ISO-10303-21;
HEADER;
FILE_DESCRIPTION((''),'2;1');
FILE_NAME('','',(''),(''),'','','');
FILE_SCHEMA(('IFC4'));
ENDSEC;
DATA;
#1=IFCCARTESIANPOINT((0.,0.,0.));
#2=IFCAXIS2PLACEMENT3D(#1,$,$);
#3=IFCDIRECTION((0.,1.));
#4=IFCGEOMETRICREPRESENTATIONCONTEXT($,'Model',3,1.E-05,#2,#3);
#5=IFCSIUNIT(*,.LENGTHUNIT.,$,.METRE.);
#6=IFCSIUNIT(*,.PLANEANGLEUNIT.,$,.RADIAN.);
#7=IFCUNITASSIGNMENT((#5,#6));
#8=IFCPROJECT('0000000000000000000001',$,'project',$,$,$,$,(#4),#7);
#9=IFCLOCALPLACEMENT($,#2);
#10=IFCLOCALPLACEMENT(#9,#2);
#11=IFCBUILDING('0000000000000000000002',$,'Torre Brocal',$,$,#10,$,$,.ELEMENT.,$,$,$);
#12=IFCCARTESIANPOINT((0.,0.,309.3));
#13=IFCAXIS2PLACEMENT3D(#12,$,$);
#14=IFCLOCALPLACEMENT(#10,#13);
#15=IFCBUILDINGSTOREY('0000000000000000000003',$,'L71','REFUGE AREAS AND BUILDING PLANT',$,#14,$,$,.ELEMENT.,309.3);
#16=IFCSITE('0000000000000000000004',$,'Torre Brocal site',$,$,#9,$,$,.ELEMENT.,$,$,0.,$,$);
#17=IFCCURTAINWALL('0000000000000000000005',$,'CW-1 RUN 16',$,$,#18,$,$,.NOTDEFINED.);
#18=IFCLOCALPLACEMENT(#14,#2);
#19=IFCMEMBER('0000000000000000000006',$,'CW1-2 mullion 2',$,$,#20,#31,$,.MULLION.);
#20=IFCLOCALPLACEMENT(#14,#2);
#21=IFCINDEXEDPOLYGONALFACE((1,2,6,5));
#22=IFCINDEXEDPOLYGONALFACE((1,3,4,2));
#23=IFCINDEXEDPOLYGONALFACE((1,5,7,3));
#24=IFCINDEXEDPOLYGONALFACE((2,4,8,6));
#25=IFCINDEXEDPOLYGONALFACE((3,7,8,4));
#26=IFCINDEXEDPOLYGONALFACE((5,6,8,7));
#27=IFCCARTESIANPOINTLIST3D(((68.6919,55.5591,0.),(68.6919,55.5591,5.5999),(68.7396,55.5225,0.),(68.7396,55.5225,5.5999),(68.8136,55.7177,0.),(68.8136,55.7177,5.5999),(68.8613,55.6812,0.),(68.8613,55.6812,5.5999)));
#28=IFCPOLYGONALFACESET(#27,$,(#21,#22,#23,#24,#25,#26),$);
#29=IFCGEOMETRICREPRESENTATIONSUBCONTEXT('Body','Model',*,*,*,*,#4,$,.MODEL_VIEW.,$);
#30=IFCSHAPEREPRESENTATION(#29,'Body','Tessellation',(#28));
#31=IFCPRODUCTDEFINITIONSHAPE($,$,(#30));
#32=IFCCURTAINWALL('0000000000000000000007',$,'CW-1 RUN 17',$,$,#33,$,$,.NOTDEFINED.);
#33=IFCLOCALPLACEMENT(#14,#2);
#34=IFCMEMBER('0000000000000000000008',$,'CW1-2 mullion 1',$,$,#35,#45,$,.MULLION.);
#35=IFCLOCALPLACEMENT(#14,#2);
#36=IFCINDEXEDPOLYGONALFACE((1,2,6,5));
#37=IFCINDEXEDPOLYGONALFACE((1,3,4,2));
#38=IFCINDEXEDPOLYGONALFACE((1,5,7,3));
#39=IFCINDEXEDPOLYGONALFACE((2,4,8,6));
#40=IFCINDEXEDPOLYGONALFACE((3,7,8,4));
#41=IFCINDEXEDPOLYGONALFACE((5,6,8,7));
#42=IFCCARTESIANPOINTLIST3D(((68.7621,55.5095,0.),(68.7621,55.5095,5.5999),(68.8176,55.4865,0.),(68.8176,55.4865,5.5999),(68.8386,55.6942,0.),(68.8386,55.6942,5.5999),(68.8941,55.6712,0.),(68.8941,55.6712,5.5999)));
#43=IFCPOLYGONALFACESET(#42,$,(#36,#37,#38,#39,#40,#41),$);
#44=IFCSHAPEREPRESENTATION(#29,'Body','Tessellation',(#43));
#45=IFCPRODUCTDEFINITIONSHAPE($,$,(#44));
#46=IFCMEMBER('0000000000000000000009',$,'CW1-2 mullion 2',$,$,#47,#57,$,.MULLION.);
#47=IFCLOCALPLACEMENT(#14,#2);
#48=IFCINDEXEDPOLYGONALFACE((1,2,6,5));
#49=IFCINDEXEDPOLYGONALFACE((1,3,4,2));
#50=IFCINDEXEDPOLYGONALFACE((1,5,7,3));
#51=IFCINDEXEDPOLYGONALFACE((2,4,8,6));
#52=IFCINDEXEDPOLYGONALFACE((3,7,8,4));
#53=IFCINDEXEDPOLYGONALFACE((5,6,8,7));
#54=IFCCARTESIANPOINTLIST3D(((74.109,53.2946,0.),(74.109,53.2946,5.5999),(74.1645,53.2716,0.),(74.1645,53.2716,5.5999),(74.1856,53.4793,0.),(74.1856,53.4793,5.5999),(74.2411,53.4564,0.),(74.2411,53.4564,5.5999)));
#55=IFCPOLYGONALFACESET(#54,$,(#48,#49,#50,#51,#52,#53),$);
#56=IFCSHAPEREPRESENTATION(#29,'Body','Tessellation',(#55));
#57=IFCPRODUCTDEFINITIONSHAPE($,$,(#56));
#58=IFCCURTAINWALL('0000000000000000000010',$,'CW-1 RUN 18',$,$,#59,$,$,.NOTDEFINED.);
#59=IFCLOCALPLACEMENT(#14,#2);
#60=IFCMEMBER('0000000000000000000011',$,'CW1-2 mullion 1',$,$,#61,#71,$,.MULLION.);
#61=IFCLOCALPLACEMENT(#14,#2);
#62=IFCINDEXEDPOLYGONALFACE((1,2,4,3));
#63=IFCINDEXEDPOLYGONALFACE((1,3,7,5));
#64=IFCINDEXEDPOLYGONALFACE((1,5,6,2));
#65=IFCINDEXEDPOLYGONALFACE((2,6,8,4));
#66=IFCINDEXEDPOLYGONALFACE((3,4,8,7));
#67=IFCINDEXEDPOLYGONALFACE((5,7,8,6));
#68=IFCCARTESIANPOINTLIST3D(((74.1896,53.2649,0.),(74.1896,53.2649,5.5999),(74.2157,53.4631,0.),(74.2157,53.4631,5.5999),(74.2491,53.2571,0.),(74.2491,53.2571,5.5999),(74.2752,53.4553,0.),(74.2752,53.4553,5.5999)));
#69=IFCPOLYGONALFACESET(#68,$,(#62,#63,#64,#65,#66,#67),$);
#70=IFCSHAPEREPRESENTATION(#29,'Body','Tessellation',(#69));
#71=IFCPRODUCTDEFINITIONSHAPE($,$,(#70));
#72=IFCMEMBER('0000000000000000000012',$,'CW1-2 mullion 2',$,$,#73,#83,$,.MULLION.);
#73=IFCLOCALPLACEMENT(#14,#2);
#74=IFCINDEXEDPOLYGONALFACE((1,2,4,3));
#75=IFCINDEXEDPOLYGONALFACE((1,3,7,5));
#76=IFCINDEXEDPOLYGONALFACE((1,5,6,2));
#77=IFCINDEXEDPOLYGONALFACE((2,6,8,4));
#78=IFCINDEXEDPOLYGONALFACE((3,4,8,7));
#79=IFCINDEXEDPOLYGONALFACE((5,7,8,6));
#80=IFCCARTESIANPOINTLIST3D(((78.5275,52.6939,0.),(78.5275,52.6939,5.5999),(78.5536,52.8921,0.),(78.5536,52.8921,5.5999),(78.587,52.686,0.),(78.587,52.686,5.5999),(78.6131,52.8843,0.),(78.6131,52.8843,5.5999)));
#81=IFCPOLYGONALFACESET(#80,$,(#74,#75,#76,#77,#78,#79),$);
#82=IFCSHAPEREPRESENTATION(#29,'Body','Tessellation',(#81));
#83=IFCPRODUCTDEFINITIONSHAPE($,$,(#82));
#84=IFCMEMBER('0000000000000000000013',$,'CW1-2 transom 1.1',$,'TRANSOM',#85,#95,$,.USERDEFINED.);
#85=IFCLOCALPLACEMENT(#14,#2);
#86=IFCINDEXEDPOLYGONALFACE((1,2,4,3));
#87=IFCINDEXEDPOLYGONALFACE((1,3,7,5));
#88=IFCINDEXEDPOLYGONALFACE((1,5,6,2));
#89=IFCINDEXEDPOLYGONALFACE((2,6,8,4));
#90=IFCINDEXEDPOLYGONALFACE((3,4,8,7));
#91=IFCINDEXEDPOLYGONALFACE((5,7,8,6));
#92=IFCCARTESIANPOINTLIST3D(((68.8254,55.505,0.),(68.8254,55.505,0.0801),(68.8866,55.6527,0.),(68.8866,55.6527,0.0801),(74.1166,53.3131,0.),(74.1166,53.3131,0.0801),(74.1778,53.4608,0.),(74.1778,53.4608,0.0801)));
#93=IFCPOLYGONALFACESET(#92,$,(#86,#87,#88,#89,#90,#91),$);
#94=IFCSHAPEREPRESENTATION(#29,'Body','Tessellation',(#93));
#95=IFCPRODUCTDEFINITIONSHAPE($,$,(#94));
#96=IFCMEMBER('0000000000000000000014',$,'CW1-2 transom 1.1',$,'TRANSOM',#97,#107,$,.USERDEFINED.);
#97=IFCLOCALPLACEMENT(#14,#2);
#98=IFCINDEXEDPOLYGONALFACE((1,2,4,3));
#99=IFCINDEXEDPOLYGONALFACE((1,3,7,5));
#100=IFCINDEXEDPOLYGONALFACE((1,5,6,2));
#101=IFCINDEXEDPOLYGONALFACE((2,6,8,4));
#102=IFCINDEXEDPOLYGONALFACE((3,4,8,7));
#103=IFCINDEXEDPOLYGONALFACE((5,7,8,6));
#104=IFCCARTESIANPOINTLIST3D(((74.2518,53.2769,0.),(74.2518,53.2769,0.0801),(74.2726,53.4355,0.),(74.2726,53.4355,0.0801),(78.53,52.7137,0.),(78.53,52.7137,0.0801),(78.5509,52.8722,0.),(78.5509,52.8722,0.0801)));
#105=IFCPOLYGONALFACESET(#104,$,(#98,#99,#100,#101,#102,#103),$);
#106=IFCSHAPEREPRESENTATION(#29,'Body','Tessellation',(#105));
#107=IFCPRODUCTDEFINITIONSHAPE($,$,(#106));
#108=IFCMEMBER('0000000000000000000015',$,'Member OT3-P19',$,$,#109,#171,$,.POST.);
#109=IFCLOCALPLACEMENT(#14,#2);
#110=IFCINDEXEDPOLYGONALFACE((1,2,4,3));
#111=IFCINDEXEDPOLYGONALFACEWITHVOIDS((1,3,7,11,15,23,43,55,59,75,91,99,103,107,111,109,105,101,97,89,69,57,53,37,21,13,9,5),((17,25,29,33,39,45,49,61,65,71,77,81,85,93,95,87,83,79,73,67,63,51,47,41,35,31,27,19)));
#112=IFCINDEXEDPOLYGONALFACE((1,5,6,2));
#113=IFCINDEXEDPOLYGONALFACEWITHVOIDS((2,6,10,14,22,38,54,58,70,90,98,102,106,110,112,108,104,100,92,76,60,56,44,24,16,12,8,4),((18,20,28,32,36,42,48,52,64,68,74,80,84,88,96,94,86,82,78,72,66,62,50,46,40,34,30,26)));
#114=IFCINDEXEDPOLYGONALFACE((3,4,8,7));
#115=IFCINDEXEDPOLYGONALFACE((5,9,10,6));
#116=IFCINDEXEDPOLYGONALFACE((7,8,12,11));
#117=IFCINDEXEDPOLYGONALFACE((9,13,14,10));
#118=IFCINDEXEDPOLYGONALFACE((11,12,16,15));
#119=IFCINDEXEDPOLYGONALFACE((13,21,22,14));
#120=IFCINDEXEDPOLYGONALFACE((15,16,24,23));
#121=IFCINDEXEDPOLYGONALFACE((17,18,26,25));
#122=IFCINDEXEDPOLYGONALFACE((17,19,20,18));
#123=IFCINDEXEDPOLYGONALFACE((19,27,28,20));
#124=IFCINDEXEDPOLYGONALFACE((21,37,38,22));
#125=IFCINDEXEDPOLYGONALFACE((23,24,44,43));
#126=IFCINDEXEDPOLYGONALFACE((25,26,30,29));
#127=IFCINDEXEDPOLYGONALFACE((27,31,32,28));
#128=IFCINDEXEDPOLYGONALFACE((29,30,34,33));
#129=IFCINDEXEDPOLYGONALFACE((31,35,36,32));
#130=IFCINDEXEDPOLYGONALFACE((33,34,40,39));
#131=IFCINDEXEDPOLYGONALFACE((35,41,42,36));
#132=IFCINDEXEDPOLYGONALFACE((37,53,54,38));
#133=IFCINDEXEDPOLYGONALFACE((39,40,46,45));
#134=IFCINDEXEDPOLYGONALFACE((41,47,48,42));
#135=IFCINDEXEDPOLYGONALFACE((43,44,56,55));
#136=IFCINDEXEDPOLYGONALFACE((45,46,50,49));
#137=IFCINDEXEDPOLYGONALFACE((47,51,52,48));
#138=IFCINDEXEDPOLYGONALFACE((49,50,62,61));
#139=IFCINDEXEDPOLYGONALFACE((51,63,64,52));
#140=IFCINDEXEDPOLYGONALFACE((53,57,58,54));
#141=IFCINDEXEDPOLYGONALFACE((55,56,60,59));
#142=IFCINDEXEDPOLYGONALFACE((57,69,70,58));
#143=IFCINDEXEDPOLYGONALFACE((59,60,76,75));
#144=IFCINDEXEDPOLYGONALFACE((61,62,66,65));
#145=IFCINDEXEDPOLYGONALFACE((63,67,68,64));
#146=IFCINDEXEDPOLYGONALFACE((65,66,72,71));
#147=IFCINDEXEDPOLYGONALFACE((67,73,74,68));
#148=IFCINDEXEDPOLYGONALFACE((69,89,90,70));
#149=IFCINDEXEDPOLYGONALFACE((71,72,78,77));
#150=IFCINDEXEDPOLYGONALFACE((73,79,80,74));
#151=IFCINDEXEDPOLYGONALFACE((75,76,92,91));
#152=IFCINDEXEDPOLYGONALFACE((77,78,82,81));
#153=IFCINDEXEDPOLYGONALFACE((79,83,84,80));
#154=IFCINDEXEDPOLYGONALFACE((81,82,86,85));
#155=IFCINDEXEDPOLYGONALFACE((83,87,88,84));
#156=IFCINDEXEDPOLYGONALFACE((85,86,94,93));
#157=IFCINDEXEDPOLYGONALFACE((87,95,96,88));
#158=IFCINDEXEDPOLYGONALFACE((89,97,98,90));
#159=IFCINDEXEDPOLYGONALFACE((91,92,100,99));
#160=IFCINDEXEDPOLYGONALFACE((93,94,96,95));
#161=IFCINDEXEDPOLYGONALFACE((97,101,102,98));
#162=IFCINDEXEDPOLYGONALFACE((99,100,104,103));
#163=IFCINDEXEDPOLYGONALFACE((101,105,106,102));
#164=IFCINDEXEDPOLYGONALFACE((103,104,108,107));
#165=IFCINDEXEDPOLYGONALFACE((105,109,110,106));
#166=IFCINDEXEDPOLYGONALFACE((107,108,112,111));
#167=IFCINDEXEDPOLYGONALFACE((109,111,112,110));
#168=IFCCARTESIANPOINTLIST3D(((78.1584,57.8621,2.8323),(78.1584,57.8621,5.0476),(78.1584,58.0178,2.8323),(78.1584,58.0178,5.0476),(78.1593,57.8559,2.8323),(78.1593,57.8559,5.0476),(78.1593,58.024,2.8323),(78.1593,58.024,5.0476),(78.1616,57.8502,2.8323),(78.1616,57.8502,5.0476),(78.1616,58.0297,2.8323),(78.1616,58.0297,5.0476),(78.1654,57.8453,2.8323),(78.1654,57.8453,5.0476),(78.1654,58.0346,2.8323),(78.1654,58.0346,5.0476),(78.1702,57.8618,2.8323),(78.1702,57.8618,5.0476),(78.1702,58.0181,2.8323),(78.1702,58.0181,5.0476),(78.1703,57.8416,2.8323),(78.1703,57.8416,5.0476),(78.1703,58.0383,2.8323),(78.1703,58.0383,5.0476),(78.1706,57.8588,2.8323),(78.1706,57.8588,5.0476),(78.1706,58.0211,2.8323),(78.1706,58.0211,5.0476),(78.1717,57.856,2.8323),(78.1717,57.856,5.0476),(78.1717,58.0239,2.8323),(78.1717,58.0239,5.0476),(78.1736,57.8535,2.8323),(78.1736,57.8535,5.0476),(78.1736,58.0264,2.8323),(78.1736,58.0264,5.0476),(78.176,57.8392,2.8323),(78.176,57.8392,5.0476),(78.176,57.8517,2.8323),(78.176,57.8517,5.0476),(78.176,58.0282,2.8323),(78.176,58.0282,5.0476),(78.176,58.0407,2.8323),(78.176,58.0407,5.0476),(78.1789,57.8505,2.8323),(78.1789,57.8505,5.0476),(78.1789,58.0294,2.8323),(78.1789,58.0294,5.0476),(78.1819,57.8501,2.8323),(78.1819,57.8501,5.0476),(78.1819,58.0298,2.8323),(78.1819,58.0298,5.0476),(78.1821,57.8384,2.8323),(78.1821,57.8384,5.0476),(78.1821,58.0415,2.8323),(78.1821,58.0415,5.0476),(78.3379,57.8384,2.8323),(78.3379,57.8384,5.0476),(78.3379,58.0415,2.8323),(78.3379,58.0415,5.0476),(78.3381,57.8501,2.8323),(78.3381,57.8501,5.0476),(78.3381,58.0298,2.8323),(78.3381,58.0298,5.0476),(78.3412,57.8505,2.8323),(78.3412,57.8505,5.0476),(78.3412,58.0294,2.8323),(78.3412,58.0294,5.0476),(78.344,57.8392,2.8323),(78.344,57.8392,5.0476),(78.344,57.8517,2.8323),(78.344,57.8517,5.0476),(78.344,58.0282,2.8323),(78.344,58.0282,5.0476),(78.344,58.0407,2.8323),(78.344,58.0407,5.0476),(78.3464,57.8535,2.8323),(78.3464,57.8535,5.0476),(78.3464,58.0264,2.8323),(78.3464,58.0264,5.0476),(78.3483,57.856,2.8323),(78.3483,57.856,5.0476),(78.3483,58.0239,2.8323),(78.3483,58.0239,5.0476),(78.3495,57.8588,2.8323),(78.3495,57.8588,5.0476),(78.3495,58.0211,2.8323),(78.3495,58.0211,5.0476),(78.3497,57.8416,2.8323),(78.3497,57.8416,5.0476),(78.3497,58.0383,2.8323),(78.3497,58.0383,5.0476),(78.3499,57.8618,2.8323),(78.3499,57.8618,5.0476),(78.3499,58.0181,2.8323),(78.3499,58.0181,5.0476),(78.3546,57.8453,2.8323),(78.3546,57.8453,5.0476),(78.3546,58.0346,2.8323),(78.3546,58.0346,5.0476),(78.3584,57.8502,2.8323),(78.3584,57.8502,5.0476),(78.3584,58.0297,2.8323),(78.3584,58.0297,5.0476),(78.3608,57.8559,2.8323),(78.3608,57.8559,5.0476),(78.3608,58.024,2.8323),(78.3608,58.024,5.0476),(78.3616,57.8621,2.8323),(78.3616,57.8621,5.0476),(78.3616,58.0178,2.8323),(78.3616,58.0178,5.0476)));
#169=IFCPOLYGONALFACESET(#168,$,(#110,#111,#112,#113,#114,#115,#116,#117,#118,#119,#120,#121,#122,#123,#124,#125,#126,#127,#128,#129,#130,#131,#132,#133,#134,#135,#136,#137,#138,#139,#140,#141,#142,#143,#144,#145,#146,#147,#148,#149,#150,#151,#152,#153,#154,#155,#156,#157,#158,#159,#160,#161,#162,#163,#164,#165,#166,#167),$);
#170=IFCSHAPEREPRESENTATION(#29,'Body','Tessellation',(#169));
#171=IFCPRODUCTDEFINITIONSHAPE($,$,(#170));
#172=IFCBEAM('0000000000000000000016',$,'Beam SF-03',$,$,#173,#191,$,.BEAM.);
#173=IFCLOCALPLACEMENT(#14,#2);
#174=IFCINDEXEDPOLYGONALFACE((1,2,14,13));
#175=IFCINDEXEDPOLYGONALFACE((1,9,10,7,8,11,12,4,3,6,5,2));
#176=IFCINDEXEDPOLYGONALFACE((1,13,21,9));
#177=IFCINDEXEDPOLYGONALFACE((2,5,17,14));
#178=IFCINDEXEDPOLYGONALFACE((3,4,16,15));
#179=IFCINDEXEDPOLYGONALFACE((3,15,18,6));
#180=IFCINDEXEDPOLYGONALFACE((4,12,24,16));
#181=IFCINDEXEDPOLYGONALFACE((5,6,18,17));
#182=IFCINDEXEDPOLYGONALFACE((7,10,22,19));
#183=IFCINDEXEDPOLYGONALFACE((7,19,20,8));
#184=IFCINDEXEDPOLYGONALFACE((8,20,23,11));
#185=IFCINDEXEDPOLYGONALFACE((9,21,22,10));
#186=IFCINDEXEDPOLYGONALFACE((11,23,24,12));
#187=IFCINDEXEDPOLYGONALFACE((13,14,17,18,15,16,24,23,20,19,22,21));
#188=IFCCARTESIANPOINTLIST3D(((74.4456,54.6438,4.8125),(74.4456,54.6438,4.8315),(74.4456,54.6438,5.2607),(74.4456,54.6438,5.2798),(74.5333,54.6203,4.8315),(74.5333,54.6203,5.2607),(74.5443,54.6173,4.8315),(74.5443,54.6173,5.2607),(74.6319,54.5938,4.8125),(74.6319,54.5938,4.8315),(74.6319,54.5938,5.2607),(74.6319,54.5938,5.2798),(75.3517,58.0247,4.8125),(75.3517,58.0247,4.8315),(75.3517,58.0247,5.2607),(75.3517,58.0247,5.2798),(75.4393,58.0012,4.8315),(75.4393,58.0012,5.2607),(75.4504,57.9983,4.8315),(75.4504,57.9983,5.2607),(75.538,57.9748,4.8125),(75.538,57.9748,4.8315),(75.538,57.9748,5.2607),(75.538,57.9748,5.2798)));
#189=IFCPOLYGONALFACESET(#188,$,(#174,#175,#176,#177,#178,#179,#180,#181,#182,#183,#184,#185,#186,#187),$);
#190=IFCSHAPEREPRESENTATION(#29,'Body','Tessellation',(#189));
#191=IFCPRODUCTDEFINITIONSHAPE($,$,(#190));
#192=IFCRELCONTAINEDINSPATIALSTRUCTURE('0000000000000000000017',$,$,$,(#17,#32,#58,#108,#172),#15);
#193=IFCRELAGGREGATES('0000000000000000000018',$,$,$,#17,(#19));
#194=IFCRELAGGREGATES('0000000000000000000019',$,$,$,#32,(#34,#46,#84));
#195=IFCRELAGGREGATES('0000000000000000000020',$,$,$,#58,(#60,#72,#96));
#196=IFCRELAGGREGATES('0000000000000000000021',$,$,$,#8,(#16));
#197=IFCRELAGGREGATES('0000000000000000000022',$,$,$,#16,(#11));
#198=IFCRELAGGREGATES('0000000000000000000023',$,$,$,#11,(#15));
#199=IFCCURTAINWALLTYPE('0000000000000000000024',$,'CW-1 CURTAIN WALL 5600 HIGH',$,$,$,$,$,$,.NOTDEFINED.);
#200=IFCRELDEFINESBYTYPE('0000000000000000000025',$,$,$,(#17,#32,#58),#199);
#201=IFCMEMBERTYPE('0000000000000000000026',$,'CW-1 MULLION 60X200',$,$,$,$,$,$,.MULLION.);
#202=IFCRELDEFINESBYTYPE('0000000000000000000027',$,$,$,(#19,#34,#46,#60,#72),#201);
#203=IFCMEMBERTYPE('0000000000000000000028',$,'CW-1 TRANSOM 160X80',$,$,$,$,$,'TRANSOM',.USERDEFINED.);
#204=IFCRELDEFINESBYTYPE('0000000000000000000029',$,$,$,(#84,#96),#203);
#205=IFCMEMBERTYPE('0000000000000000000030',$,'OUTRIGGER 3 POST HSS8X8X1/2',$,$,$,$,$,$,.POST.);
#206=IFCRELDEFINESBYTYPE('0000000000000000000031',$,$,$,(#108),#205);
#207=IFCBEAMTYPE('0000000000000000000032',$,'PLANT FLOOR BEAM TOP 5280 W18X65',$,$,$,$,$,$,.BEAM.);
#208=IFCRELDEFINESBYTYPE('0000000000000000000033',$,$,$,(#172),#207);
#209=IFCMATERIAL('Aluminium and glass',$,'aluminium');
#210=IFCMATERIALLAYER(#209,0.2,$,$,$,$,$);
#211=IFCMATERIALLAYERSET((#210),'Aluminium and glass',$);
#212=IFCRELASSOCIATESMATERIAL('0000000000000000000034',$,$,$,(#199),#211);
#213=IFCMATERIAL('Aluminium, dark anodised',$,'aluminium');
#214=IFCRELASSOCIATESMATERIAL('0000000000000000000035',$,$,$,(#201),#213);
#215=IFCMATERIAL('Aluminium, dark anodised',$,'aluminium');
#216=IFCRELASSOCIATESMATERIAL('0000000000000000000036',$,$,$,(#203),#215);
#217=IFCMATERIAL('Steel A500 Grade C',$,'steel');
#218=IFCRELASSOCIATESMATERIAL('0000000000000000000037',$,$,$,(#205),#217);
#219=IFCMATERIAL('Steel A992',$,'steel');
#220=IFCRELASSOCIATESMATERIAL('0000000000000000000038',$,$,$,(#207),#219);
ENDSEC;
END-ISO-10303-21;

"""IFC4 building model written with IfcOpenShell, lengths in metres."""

from ifc_helpers import new_model, si_unit, direction, frame, origin, origin_2d, place, context, subcontext, project, spatial, rectangle, hollow_rectangle, i_section, extrude, material, layer, layer_set, material_profile, profile_set, type_object, element, aggregate, save


model = new_model("IFC4")

# Units and contexts
model_context = context("Model", 3, precision=1e-05, world=origin(), true_north=direction((0.0, 1.0)))
body_context = subcontext(model_context, "Body", "Model", "MODEL_VIEW")
ifc_project = project(units=[si_unit("LENGTHUNIT", "METRE"), si_unit("PLANEANGLEUNIT", "RADIAN")], contexts=[model_context])

# Site, building, storey
site_placement = place(None, origin())
site = spatial("IfcSite", under=ifc_project, at=site_placement, Name="Torre Brocal site", CompositionType="ELEMENT", RefElevation=0.0)
building_placement = place(site_placement, origin())
building = spatial("IfcBuilding", under=site, at=building_placement, Name="Torre Brocal", CompositionType="ELEMENT")
storey_placement = place(building_placement, frame((0.0, 0.0, 309.3)))
storey = spatial("IfcBuildingStorey", under=building, at=storey_placement, Name="L71", Description="REFUGE AREAS AND BUILDING PLANT", CompositionType="ELEMENT", Elevation=309.3)

# Curtain wall, member
ifc_material_1 = material(Name="Aluminium and glass", Category="aluminium")
ifc_layer_1 = layer(ifc_material_1, 0.2)
ifc_layer_set_1 = layer_set([ifc_layer_1], Name="Aluminium and glass")
curtain_wall_type = type_object("IfcCurtainWallType", Name="CW-1 CURTAIN WALL 5600 HIGH", PredefinedType="NOTDEFINED", material=ifc_layer_set_1)
curtain_wall_1_placement = place(storey_placement, origin())
curtain_wall_1 = element("IfcCurtainWall", 1, at=curtain_wall_1_placement, inside=storey, type_object=curtain_wall_type, Name="CW-1 RUN 16", PredefinedType="NOTDEFINED")
ifc_material_2 = material(Name="Aluminium, dark anodised", Category="aluminium")
ifc_material_profile_1 = material_profile(ifc_material_2, rectangle(XDim=0.2, YDim=0.0601, at=origin_2d()), Name="CW-1 MULLION 60X200")
ifc_profile_set_1 = profile_set([ifc_material_profile_1], Name="Aluminium, dark anodised")
member_type_1 = type_object("IfcMemberType", Name="CW-1 MULLION 60X200", PredefinedType="MULLION", material=ifc_profile_set_1)
member_1_placement = place(storey_placement, frame((68.7766, 55.6201, 0.0), z_axis=(0.0, 0.0, 1.0), x_axis=(0.608761, 0.793353, 0.0)))
member_1 = element("IfcMember", 2, at=member_1_placement, type_object=member_type_1, Name="CW1-2 mullion 2", PredefinedType="MULLION", context=body_context, shape_type="SweptSolid", body=[
    extrude(rectangle(XDim=0.2, YDim=0.0601, at=origin_2d()), origin(), (0.0, 0.0, 1.0), 5.5999),
])
aggregate(curtain_wall_1, [member_1])

# Curtain walls, members
curtain_wall_2_placement = place(storey_placement, origin())
curtain_wall_2 = element("IfcCurtainWall", 3, at=curtain_wall_2_placement, inside=storey, type_object=curtain_wall_type, Name="CW-1 RUN 17", PredefinedType="NOTDEFINED")
member_2_placement = place(storey_placement, frame((68.8281, 55.5903, 0.0), z_axis=(0.0, 0.0, 1.0), x_axis=(0.382683, 0.92388, 0.0)))
member_2 = element("IfcMember", 4, at=member_2_placement, type_object=member_type_1, Name="CW1-2 mullion 1", PredefinedType="MULLION", context=body_context, shape_type="SweptSolid", body=[
    extrude(rectangle(XDim=0.2, YDim=0.0601, at=origin_2d()), origin(), (0.0, 0.0, 1.0), 5.5999),
])
member_3_placement = place(storey_placement, frame((74.175, 53.3755, 0.0), z_axis=(0.0, 0.0, 1.0), x_axis=(0.382683, 0.92388, 0.0)))
member_3 = element("IfcMember", 5, at=member_3_placement, type_object=member_type_1, Name="CW1-2 mullion 2", PredefinedType="MULLION", context=body_context, shape_type="SweptSolid", body=[
    extrude(rectangle(XDim=0.2, YDim=0.0601, at=origin_2d()), origin(), (0.0, 0.0, 1.0), 5.5999),
])
curtain_wall_3_placement = place(storey_placement, origin())
curtain_wall_3 = element("IfcCurtainWall", 6, at=curtain_wall_3_placement, inside=storey, type_object=curtain_wall_type, Name="CW-1 RUN 18", PredefinedType="NOTDEFINED")
member_4_placement = place(storey_placement, frame((74.2324, 53.3601, 0.0), z_axis=(0.0, 0.0, 1.0), x_axis=(0.130526, 0.991445, 0.0)))
member_4 = element("IfcMember", 7, at=member_4_placement, type_object=member_type_1, Name="CW1-2 mullion 1", PredefinedType="MULLION", context=body_context, shape_type="SweptSolid", body=[
    extrude(rectangle(XDim=0.2, YDim=0.0601, at=origin_2d()), origin(), (0.0, 0.0, 1.0), 5.5999),
])
member_5_placement = place(storey_placement, frame((78.5703, 52.7891, 0.0), z_axis=(0.0, 0.0, 1.0), x_axis=(0.130526, 0.991445, 0.0)))
member_5 = element("IfcMember", 8, at=member_5_placement, type_object=member_type_1, Name="CW1-2 mullion 2", PredefinedType="MULLION", context=body_context, shape_type="SweptSolid", body=[
    extrude(rectangle(XDim=0.2, YDim=0.0601, at=origin_2d()), origin(), (0.0, 0.0, 1.0), 5.5999),
])

# Members
ifc_material_3 = material(Name="Aluminium, dark anodised", Category="aluminium")
ifc_material_profile_2 = material_profile(ifc_material_3, rectangle(XDim=0.1599, YDim=0.0801, at=origin_2d()), Name="CW-1 TRANSOM 160X80")
ifc_profile_set_2 = profile_set([ifc_material_profile_2], Name="Aluminium, dark anodised")
member_type_2 = type_object("IfcMemberType", Name="CW-1 TRANSOM 160X80", ElementType="TRANSOM", PredefinedType="USERDEFINED", material=ifc_profile_set_2)
member_6_placement = place(storey_placement, frame((68.856, 55.5789, 0.04), z_axis=(0.923868, -0.382711, 0.0), x_axis=(0.382711, 0.923868, 0.0)))
member_6 = element("IfcMember", 9, at=member_6_placement, type_object=member_type_2, Name="CW1-2 transom 1.1", ObjectType="TRANSOM", PredefinedType="USERDEFINED", context=body_context, shape_type="SweptSolid", body=[
    extrude(rectangle(XDim=0.1599, YDim=0.0801, at=origin_2d()), origin(), (0.0, 0.0, 1.0), 5.7273),
])
member_7_placement = place(storey_placement, frame((74.2622, 53.3562, 0.04), z_axis=(0.991445, -0.130522, 0.0), x_axis=(0.130522, 0.991445, 0.0)))
member_7 = element("IfcMember", 10, at=member_7_placement, type_object=member_type_2, Name="CW1-2 transom 1.1", ObjectType="TRANSOM", PredefinedType="USERDEFINED", context=body_context, shape_type="SweptSolid", body=[
    extrude(rectangle(XDim=0.1599, YDim=0.0801, at=origin_2d()), origin(), (0.0, 0.0, 1.0), 4.3152),
])
ifc_material_4 = material(Name="Steel A500 Grade C", Category="steel")
ifc_material_profile_3 = material_profile(ifc_material_4, hollow_rectangle(XDim=0.2031, YDim=0.2031, WallThickness=0.0117, InnerFilletRadius=0.0117, OuterFilletRadius=0.0237, at=origin_2d()), Name="HSS8X8X1/2")
ifc_profile_set_3 = profile_set([ifc_material_profile_3], Name="Steel A500 Grade C")
member_type_3 = type_object("IfcMemberType", Name="OUTRIGGER 3 POST HSS8X8X1/2", PredefinedType="POST", material=ifc_profile_set_3)
member_8_placement = place(storey_placement, frame((78.26, 57.9399, 2.8323), z_axis=(0.0, 0.0, 1.0), x_axis=(1.0, 0.0, 0.0)))
element("IfcMember", 11, at=member_8_placement, inside=storey, type_object=member_type_3, Name="Member OT3-P19", PredefinedType="POST", context=body_context, shape_type="SweptSolid", body=[
    extrude(hollow_rectangle(XDim=0.2031, YDim=0.2031, WallThickness=0.0117, InnerFilletRadius=0.0117, OuterFilletRadius=0.0237, at=origin_2d()), origin(), (0.0, 0.0, 1.0), 2.2153),
])

# Beam
ifc_material_5 = material(Name="Steel A992", Category="steel")
ifc_material_profile_4 = material_profile(ifc_material_5, i_section(OverallWidth=0.1929, OverallDepth=0.4673, WebThickness=0.0115, FlangeThickness=0.019, at=origin_2d()), Name="W18X65")
ifc_profile_set_4 = profile_set([ifc_material_profile_4], Name="Steel A992")
beam_type_1 = type_object("IfcBeamType", Name="PLANT FLOOR BEAM TOP 5280 W18X65", PredefinedType="BEAM", material=ifc_profile_set_4)
beam_1_placement = place(storey_placement, frame((75.4448, 57.9998, 5.0461), z_axis=(-0.258848, -0.965918, 0.0), x_axis=(0.965918, -0.258848, 0.0)))
element("IfcBeam", 12, at=beam_1_placement, inside=storey, type_object=beam_type_1, Name="Beam SF-03", PredefinedType="BEAM", context=body_context, shape_type="SweptSolid", body=[
    extrude(i_section(OverallWidth=0.1929, OverallDepth=0.4673, WebThickness=0.0115, FlangeThickness=0.019, at=origin_2d()), origin(), (0.0, 0.0, 1.0), 3.5002),
])

aggregate(curtain_wall_2, [member_2, member_3, member_6])
aggregate(curtain_wall_3, [member_4, member_5, member_7])

save(model, "model.ifc")
